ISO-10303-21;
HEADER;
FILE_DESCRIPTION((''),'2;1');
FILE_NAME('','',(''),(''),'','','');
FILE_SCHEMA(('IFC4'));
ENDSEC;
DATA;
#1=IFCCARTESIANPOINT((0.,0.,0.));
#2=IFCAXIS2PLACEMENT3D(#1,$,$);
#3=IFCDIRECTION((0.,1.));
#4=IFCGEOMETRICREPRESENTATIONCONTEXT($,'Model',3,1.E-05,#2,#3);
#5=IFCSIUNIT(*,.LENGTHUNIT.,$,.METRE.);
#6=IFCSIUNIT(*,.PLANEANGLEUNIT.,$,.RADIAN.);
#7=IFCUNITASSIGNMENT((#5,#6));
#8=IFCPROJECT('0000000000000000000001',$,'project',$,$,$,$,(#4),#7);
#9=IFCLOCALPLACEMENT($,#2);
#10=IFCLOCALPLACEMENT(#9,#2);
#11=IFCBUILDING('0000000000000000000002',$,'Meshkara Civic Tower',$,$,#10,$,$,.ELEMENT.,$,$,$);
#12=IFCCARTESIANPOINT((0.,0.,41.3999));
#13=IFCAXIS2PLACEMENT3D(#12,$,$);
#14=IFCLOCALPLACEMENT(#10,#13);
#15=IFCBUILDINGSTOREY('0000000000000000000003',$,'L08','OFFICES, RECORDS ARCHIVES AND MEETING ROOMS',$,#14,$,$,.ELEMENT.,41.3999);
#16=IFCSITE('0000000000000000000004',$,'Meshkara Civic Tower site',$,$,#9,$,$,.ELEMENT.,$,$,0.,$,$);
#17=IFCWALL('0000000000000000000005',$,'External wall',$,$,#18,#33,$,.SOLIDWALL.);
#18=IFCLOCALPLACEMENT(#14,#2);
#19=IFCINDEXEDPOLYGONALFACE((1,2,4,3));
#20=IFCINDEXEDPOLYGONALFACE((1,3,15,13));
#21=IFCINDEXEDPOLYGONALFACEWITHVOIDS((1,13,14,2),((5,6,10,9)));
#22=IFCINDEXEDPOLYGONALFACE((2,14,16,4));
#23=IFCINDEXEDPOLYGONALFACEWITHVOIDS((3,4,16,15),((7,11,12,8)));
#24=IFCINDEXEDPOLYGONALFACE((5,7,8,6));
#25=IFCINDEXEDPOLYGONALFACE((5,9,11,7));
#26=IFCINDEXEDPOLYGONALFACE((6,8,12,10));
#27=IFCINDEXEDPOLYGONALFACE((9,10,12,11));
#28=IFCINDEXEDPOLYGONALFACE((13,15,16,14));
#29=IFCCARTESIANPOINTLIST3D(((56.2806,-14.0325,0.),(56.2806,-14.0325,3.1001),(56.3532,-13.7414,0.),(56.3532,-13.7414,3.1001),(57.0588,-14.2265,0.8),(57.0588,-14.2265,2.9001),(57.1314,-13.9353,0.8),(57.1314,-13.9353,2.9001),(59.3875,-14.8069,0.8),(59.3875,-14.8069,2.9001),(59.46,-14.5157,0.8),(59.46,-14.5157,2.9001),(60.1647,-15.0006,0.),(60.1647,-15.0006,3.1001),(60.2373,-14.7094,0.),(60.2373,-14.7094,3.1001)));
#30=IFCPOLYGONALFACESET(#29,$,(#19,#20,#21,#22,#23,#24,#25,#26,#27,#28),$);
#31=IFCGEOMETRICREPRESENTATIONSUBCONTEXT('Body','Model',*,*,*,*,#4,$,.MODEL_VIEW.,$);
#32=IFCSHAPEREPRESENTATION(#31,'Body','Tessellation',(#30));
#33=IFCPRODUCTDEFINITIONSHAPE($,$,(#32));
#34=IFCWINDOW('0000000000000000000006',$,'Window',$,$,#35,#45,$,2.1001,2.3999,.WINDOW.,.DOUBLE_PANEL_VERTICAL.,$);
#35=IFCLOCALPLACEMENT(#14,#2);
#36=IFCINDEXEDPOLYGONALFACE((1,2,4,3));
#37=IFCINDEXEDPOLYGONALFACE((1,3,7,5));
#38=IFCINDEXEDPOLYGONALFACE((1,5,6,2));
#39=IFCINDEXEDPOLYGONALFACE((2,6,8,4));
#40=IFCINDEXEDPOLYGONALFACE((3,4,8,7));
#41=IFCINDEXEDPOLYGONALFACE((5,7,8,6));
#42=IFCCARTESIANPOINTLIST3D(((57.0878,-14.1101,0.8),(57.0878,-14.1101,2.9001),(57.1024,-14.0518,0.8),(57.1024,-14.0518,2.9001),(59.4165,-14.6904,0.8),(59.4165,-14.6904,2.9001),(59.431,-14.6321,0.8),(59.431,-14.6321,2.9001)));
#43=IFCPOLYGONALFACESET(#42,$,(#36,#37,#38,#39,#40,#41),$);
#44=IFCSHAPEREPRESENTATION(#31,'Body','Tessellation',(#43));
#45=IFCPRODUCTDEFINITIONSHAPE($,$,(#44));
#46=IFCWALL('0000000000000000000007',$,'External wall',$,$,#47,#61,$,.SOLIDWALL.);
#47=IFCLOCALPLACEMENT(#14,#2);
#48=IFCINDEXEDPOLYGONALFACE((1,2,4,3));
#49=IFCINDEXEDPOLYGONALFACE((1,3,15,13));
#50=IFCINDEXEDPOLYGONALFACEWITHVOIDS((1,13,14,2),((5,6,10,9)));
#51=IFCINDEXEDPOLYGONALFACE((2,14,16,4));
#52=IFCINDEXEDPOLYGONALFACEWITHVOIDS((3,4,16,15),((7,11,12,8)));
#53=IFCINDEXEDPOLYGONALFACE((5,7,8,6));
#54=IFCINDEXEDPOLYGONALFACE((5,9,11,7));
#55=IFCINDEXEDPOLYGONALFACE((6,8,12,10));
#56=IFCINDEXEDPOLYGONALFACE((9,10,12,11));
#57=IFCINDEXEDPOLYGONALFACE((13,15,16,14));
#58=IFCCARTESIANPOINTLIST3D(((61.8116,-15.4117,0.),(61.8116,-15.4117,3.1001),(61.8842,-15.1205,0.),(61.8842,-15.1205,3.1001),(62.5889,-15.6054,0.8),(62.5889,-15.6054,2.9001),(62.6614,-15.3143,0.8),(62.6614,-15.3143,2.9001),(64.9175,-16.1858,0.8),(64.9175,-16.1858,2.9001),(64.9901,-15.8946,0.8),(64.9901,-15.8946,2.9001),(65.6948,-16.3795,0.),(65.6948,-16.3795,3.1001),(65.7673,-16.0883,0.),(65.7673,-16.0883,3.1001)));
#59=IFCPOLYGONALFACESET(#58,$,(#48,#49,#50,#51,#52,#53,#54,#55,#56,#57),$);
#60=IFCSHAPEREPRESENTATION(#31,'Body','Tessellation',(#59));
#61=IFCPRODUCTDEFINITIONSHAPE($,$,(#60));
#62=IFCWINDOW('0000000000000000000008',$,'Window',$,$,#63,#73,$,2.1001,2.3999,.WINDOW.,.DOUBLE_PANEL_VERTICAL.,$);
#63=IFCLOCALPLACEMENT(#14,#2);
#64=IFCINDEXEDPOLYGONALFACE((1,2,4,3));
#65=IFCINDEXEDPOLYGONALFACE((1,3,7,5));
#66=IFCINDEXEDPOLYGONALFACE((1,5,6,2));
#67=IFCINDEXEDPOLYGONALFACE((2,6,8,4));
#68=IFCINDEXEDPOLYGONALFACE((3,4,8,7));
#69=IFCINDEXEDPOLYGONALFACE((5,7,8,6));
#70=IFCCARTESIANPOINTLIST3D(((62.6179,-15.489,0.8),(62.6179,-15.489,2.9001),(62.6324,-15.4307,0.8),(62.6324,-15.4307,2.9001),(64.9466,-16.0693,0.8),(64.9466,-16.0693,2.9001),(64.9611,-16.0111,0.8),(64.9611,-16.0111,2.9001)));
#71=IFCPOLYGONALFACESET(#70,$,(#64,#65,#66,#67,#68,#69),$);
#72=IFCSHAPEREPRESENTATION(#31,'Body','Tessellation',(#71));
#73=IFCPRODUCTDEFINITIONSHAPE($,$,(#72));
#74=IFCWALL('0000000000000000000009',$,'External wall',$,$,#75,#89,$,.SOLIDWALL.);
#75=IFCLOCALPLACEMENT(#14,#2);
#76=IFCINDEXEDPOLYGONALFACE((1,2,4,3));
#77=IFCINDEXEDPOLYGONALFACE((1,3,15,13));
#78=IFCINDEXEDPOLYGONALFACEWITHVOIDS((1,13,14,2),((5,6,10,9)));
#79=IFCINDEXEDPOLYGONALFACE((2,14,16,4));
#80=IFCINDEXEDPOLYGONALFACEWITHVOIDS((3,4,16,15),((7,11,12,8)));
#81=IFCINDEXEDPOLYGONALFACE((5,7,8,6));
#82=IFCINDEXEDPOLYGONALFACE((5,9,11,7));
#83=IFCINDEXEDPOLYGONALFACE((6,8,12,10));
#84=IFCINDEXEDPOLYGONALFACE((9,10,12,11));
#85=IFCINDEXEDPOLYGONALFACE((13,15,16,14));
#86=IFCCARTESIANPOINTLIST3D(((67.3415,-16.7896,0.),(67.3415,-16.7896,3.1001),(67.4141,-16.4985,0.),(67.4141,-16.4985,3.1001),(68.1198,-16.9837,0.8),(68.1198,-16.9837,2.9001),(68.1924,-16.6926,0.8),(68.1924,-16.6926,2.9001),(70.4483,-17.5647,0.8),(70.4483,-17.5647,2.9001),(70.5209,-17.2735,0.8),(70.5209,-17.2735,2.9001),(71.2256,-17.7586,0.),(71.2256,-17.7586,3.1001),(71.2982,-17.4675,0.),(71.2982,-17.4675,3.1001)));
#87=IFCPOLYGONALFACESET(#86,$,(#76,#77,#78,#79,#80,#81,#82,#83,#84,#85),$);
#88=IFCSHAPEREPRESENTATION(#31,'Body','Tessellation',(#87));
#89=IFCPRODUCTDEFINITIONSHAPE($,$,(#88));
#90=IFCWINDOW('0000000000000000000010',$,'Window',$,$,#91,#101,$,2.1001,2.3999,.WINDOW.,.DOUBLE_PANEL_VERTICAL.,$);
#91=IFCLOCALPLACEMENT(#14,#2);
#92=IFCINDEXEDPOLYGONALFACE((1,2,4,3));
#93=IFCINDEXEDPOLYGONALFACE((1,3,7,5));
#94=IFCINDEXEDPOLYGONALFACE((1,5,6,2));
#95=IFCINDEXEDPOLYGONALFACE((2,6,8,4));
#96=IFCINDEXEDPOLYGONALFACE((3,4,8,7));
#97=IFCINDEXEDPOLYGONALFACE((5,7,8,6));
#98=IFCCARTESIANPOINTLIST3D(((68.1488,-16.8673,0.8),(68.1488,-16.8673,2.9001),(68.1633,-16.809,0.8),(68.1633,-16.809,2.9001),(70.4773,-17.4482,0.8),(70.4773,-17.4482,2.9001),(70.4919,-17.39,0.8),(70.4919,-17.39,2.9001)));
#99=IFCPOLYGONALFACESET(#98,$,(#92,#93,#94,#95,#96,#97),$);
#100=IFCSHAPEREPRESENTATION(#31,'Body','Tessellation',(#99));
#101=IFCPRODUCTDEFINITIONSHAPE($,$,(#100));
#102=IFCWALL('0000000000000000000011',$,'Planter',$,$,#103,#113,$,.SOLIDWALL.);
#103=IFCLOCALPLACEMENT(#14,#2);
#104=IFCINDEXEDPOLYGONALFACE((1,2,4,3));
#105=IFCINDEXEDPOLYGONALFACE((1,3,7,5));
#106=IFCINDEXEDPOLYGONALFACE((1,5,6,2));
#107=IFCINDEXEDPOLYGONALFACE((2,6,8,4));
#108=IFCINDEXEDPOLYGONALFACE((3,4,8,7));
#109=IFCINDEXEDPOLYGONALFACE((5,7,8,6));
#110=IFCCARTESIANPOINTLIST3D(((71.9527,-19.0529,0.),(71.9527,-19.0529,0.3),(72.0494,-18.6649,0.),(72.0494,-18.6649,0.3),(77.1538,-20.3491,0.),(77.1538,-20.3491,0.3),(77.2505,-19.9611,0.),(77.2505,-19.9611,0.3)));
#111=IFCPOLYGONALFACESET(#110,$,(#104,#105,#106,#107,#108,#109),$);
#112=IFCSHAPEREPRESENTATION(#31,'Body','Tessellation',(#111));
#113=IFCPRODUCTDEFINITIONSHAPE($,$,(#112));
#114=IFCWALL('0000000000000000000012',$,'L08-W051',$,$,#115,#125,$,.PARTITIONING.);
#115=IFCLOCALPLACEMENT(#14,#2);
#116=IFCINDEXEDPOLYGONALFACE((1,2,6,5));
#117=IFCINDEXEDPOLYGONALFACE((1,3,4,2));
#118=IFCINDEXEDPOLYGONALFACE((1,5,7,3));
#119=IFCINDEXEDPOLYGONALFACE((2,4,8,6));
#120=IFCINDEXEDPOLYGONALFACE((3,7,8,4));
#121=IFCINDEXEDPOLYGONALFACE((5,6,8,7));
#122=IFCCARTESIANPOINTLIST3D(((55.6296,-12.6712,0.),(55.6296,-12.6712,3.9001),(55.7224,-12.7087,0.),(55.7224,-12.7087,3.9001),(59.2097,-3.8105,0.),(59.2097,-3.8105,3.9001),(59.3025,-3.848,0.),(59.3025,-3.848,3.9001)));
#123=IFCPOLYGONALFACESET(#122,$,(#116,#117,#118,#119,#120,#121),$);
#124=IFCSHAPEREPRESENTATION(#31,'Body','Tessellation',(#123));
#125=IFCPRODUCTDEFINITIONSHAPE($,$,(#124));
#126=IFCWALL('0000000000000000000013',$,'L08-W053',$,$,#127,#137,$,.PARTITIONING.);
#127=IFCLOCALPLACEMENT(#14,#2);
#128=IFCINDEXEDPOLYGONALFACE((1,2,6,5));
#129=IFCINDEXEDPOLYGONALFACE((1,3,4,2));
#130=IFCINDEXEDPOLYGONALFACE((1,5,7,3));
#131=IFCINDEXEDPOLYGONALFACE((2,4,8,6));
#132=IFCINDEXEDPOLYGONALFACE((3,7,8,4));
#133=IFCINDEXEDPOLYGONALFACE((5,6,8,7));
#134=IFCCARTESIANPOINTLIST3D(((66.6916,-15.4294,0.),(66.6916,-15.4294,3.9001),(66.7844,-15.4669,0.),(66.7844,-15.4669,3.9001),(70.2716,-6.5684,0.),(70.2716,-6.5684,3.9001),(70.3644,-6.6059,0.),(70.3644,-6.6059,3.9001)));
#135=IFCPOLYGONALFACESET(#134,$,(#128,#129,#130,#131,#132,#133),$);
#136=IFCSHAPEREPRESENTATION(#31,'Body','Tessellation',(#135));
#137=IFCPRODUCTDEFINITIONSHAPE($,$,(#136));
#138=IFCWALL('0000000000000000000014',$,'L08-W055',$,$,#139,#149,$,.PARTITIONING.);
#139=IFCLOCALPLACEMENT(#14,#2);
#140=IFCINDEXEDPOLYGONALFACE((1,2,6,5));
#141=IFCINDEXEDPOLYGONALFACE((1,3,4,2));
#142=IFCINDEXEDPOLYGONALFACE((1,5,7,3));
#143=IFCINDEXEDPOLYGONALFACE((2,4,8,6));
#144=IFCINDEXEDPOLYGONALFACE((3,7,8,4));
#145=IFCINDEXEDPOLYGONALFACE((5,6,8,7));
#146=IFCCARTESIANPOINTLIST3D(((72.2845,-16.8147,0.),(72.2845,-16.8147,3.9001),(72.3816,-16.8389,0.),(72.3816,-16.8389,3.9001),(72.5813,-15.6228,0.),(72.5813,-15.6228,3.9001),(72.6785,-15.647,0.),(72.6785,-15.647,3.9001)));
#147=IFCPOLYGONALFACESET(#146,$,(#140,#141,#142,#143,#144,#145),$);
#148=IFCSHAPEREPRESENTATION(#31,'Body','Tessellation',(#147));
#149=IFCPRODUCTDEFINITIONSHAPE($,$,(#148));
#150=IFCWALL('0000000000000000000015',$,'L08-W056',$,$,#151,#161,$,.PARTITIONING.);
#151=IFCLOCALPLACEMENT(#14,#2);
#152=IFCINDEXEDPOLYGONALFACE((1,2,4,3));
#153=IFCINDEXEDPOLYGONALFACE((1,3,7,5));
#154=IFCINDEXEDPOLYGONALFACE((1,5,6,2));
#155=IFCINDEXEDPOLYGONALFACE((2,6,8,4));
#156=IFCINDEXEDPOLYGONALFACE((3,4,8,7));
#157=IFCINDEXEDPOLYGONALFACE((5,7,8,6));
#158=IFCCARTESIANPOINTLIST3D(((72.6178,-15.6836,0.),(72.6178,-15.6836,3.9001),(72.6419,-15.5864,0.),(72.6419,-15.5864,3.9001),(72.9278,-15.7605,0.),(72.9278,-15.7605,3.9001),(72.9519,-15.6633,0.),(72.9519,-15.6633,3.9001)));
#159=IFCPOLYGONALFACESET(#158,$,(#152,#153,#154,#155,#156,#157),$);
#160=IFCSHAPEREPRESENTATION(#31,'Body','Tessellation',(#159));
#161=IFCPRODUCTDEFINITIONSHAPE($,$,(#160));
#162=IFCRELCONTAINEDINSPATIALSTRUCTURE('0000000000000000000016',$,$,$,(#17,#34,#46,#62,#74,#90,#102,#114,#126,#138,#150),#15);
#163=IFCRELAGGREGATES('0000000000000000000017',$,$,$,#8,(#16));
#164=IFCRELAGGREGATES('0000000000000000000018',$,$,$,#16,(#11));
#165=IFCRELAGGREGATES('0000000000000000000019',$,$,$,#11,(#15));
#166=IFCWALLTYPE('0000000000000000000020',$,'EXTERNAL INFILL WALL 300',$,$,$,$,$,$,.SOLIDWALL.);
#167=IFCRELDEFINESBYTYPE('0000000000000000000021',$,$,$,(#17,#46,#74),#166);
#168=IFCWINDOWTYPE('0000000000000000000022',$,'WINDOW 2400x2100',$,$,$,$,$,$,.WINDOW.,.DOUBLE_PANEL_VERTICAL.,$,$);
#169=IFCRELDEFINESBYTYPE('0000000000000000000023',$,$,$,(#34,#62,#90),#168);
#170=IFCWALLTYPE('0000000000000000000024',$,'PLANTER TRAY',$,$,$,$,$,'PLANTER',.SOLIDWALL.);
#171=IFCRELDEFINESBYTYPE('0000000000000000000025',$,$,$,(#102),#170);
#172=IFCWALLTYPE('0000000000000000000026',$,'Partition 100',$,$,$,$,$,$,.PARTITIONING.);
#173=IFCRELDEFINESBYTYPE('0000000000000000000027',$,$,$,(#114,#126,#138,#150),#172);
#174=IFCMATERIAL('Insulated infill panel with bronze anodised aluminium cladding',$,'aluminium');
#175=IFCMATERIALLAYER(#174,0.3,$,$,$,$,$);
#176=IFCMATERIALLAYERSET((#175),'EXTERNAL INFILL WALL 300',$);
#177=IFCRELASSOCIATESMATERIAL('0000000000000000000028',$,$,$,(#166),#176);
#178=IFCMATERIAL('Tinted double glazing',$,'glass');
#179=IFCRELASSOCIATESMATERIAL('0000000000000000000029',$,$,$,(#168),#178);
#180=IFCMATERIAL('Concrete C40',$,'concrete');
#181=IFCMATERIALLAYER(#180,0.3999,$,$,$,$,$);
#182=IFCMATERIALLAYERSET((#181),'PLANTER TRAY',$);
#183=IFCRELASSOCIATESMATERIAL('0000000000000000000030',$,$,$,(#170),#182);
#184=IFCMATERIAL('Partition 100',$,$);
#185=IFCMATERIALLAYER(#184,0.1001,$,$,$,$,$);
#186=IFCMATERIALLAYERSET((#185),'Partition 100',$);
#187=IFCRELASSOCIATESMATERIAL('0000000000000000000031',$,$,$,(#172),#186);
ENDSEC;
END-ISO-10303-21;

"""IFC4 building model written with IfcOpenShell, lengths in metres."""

from ifc_helpers import new_model, si_unit, direction, frame, frame_2d, origin, place, context, subcontext, project, spatial, rectangle, extrude, material, layer, layer_set, type_object, element, fill, save


model = new_model("IFC4")

# Units and contexts
model_context = context("Model", 3, precision=1e-05, world=origin(), true_north=direction((0.0, 1.0)))
body_context = subcontext(model_context, "Body", "Model", "MODEL_VIEW")
ifc_project = project(units=[si_unit("LENGTHUNIT", "METRE"), si_unit("PLANEANGLEUNIT", "RADIAN")], contexts=[model_context])

# Site, building, storey
site_placement = place(None, origin())
site = spatial("IfcSite", under=ifc_project, at=site_placement, Name="Meshkara Civic Tower site", CompositionType="ELEMENT", RefElevation=0.0)
building_placement = place(site_placement, origin())
building = spatial("IfcBuilding", under=site, at=building_placement, Name="Meshkara Civic Tower", CompositionType="ELEMENT")
storey_placement = place(building_placement, frame((0.0, 0.0, 41.3999)))
storey = spatial("IfcBuildingStorey", under=building, at=storey_placement, Name="L08", Description="OFFICES, RECORDS ARCHIVES AND MEETING ROOMS", CompositionType="ELEMENT", Elevation=41.3999)

# Walls, openings, windows
ifc_material_1 = material(Name="Insulated infill panel with bronze anodised aluminium cladding", Category="aluminium")
ifc_layer_1 = layer(ifc_material_1, 0.3)
ifc_layer_set_1 = layer_set([ifc_layer_1], Name="EXTERNAL INFILL WALL 300")
wall_type_1 = type_object("IfcWallType", Name="EXTERNAL INFILL WALL 300", PredefinedType="SOLIDWALL", material=ifc_layer_set_1)
ifc_material_2 = material(Name="Tinted double glazing", Category="glass")
window_type = type_object("IfcWindowType", Name="WINDOW 2400x2100", PartitioningType="DOUBLE_PANEL_VERTICAL", PredefinedType="WINDOW", material=ifc_material_2)
wall_1_placement = place(storey_placement, frame((56.3169, -13.887, 0.0), z_axis=(0.0, 0.0, 1.0), x_axis=(0.970318, -0.241832, 0.0)))
wall_1 = element("IfcWall", 1, at=wall_1_placement, inside=storey, type_object=wall_type_1, Name="External wall", PredefinedType="SOLIDWALL", context=body_context, shape_type="SweptSolid", body=[
    extrude(rectangle(XDim=4.0029, YDim=0.3, at=frame_2d((2.0015, 0.0))), origin(), (0.0, 0.0, 1.0), 3.1001),
])
opening_1_placement = place(wall_1_placement, frame((0.802, 0.0, 0.8)))
opening_1 = element("IfcOpeningElement", 2, at=opening_1_placement, cuts=wall_1, PredefinedType="OPENING", context=body_context, shape_type="SweptSolid", body=[
    extrude(rectangle(XDim=2.3999, YDim=2.1001, at=frame_2d((1.2, 1.05))), frame((0.0, 0.1599, 0.0), z_axis=(0.0, -1.0, 0.0), x_axis=(1.0, 0.0, 0.0)), (0.0, 0.0, 1.0), 0.3201),
])
window_1_placement = place(opening_1_placement, origin())
window_1 = element("IfcWindow", 3, at=window_1_placement, inside=storey, type_object=window_type, Name="Window", OverallHeight=2.1001, OverallWidth=2.3999, PartitioningType="DOUBLE_PANEL_VERTICAL", PredefinedType="WINDOW", context=body_context, shape_type="SweptSolid", body=[
    extrude(rectangle(XDim=2.3999, YDim=2.1001, at=frame_2d((1.2, 1.05))), frame((0.0, 0.03, 0.0), z_axis=(0.0, -1.0, 0.0), x_axis=(1.0, 0.0, 0.0)), (0.0, 0.0, 1.0), 0.0601),
])
fill(opening_1, window_1)
wall_2_placement = place(storey_placement, frame((61.8479, -15.2661, 0.0), z_axis=(0.0, 0.0, 1.0), x_axis=(0.970318, -0.241832, 0.0)))
wall_2 = element("IfcWall", 4, at=wall_2_placement, inside=storey, type_object=wall_type_1, Name="External wall", PredefinedType="SOLIDWALL", context=body_context, shape_type="SweptSolid", body=[
    extrude(rectangle(XDim=4.002, YDim=0.3, at=frame_2d((2.001, 0.0))), origin(), (0.0, 0.0, 1.0), 3.1001),
])
opening_2_placement = place(wall_2_placement, frame((0.801, 0.0, 0.8)))
opening_2 = element("IfcOpeningElement", 5, at=opening_2_placement, cuts=wall_2, PredefinedType="OPENING", context=body_context, shape_type="SweptSolid", body=[
    extrude(rectangle(XDim=2.3999, YDim=2.1001, at=frame_2d((1.2, 1.05))), frame((0.0, 0.1599, 0.0), z_axis=(0.0, -1.0, 0.0), x_axis=(1.0, 0.0, 0.0)), (0.0, 0.0, 1.0), 0.3201),
])
window_2_placement = place(opening_2_placement, origin())
window_2 = element("IfcWindow", 6, at=window_2_placement, inside=storey, type_object=window_type, Name="Window", OverallHeight=2.1001, OverallWidth=2.3999, PartitioningType="DOUBLE_PANEL_VERTICAL", PredefinedType="WINDOW", context=body_context, shape_type="SweptSolid", body=[
    extrude(rectangle(XDim=2.3999, YDim=2.1001, at=frame_2d((1.2, 1.05))), frame((0.0, 0.03, 0.0), z_axis=(0.0, -1.0, 0.0), x_axis=(1.0, 0.0, 0.0)), (0.0, 0.0, 1.0), 0.0601),
])
fill(opening_2, window_2)
wall_3_placement = place(storey_placement, frame((67.3779, -16.644, 0.0), z_axis=(0.0, 0.0, 1.0), x_axis=(0.970261, -0.242062, 0.0)))
wall_3 = element("IfcWall", 7, at=wall_3_placement, inside=storey, type_object=wall_type_1, Name="External wall", PredefinedType="SOLIDWALL", context=body_context, shape_type="SweptSolid", body=[
    extrude(rectangle(XDim=4.0032, YDim=0.3, at=frame_2d((2.0015, 0.0))), origin(), (0.0, 0.0, 1.0), 3.1001),
])
opening_3_placement = place(wall_3_placement, frame((0.802, 0.0, 0.8)))
opening_3 = element("IfcOpeningElement", 8, at=opening_3_placement, cuts=wall_3, PredefinedType="OPENING", context=body_context, shape_type="SweptSolid", body=[
    extrude(rectangle(XDim=2.3999, YDim=2.1001, at=frame_2d((1.2, 1.05))), frame((0.0, 0.1599, 0.0), z_axis=(0.0, -1.0, 0.0), x_axis=(1.0, 0.0, 0.0)), (0.0, 0.0, 1.0), 0.3201),
])
window_3_placement = place(opening_3_placement, origin())
window_3 = element("IfcWindow", 9, at=window_3_placement, inside=storey, type_object=window_type, Name="Window", OverallHeight=2.1001, OverallWidth=2.3999, PartitioningType="DOUBLE_PANEL_VERTICAL", PredefinedType="WINDOW", context=body_context, shape_type="SweptSolid", body=[
    extrude(rectangle(XDim=2.3999, YDim=2.1001, at=frame_2d((1.2, 1.05))), frame((0.0, 0.03, 0.0), z_axis=(0.0, -1.0, 0.0), x_axis=(1.0, 0.0, 0.0)), (0.0, 0.0, 1.0), 0.0601),
])
fill(opening_3, window_3)

# Walls
ifc_material_3 = material(Name="Concrete C40", Category="concrete")
ifc_layer_2 = layer(ifc_material_3, 0.3999)
ifc_layer_set_2 = layer_set([ifc_layer_2], Name="PLANTER TRAY")
wall_type_2 = type_object("IfcWallType", Name="PLANTER TRAY", ElementType="PLANTER", PredefinedType="SOLIDWALL", material=ifc_layer_set_2)
wall_4_placement = place(storey_placement, frame((72.001, -18.8589, 0.0), z_axis=(0.0, 0.0, 1.0), x_axis=(0.970322, -0.241817, 0.0)))
element("IfcWall", 10, at=wall_4_placement, inside=storey, type_object=wall_type_2, Name="Planter", PredefinedType="SOLIDWALL", context=body_context, shape_type="SweptSolid", body=[
    extrude(rectangle(XDim=5.3601, YDim=0.3999, at=frame_2d((2.6802, 0.0))), origin(), (0.0, 0.0, 1.0), 0.3),
])
ifc_material_4 = material(Name="Partition 100")
ifc_layer_3 = layer(ifc_material_4, 0.1001)
ifc_layer_set_3 = layer_set([ifc_layer_3], Name="Partition 100")
wall_type_3 = type_object("IfcWallType", Name="Partition 100", PredefinedType="PARTITIONING", material=ifc_layer_set_3)
wall_5_placement = place(storey_placement, frame((55.676, -12.6899, 0.0), z_axis=(0.0, 0.0, 1.0), x_axis=(0.374613, 0.927181, 0.0)))
element("IfcWall", 11, at=wall_5_placement, inside=storey, type_object=wall_type_3, Name="L08-W051", PredefinedType="PARTITIONING", context=body_context, shape_type="SweptSolid", body=[
    extrude(rectangle(XDim=9.5566, YDim=0.1001, at=frame_2d((4.7783, 0.0))), origin(), (0.0, 0.0, 1.0), 3.9001),
])
wall_6_placement = place(storey_placement, frame((66.738, -15.448, 0.0), z_axis=(0.0, 0.0, 1.0), x_axis=(0.374604, 0.927185, 0.0)))
element("IfcWall", 12, at=wall_6_placement, inside=storey, type_object=wall_type_3, Name="L08-W053", PredefinedType="PARTITIONING", context=body_context, shape_type="SweptSolid", body=[
    extrude(rectangle(XDim=9.5569, YDim=0.1001, at=frame_2d((4.7783, 0.0))), origin(), (0.0, 0.0, 1.0), 3.9001),
])
wall_7_placement = place(storey_placement, frame((72.333, -16.8269, 0.0), z_axis=(0.0, 0.0, 1.0), x_axis=(0.241694, 0.970353, 0.0)))
element("IfcWall", 13, at=wall_7_placement, inside=storey, type_object=wall_type_3, Name="L08-W055", PredefinedType="PARTITIONING", context=body_context, shape_type="SweptSolid", body=[
    extrude(rectangle(XDim=1.2283, YDim=0.1001, at=frame_2d((0.6143, 0.0))), origin(), (0.0, 0.0, 1.0), 3.9001),
])
wall_8_placement = place(storey_placement, frame((72.6299, -15.635, 0.0), z_axis=(0.0, 0.0, 1.0), x_axis=(0.97059, -0.240737, 0.0)))
element("IfcWall", 14, at=wall_8_placement, inside=storey, type_object=wall_type_3, Name="L08-W056", PredefinedType="PARTITIONING", context=body_context, shape_type="SweptSolid", body=[
    extrude(rectangle(XDim=0.3193, YDim=0.1001, at=frame_2d((0.1597, 0.0))), origin(), (0.0, 0.0, 1.0), 3.9001),
])

save(model, "model.ifc")
